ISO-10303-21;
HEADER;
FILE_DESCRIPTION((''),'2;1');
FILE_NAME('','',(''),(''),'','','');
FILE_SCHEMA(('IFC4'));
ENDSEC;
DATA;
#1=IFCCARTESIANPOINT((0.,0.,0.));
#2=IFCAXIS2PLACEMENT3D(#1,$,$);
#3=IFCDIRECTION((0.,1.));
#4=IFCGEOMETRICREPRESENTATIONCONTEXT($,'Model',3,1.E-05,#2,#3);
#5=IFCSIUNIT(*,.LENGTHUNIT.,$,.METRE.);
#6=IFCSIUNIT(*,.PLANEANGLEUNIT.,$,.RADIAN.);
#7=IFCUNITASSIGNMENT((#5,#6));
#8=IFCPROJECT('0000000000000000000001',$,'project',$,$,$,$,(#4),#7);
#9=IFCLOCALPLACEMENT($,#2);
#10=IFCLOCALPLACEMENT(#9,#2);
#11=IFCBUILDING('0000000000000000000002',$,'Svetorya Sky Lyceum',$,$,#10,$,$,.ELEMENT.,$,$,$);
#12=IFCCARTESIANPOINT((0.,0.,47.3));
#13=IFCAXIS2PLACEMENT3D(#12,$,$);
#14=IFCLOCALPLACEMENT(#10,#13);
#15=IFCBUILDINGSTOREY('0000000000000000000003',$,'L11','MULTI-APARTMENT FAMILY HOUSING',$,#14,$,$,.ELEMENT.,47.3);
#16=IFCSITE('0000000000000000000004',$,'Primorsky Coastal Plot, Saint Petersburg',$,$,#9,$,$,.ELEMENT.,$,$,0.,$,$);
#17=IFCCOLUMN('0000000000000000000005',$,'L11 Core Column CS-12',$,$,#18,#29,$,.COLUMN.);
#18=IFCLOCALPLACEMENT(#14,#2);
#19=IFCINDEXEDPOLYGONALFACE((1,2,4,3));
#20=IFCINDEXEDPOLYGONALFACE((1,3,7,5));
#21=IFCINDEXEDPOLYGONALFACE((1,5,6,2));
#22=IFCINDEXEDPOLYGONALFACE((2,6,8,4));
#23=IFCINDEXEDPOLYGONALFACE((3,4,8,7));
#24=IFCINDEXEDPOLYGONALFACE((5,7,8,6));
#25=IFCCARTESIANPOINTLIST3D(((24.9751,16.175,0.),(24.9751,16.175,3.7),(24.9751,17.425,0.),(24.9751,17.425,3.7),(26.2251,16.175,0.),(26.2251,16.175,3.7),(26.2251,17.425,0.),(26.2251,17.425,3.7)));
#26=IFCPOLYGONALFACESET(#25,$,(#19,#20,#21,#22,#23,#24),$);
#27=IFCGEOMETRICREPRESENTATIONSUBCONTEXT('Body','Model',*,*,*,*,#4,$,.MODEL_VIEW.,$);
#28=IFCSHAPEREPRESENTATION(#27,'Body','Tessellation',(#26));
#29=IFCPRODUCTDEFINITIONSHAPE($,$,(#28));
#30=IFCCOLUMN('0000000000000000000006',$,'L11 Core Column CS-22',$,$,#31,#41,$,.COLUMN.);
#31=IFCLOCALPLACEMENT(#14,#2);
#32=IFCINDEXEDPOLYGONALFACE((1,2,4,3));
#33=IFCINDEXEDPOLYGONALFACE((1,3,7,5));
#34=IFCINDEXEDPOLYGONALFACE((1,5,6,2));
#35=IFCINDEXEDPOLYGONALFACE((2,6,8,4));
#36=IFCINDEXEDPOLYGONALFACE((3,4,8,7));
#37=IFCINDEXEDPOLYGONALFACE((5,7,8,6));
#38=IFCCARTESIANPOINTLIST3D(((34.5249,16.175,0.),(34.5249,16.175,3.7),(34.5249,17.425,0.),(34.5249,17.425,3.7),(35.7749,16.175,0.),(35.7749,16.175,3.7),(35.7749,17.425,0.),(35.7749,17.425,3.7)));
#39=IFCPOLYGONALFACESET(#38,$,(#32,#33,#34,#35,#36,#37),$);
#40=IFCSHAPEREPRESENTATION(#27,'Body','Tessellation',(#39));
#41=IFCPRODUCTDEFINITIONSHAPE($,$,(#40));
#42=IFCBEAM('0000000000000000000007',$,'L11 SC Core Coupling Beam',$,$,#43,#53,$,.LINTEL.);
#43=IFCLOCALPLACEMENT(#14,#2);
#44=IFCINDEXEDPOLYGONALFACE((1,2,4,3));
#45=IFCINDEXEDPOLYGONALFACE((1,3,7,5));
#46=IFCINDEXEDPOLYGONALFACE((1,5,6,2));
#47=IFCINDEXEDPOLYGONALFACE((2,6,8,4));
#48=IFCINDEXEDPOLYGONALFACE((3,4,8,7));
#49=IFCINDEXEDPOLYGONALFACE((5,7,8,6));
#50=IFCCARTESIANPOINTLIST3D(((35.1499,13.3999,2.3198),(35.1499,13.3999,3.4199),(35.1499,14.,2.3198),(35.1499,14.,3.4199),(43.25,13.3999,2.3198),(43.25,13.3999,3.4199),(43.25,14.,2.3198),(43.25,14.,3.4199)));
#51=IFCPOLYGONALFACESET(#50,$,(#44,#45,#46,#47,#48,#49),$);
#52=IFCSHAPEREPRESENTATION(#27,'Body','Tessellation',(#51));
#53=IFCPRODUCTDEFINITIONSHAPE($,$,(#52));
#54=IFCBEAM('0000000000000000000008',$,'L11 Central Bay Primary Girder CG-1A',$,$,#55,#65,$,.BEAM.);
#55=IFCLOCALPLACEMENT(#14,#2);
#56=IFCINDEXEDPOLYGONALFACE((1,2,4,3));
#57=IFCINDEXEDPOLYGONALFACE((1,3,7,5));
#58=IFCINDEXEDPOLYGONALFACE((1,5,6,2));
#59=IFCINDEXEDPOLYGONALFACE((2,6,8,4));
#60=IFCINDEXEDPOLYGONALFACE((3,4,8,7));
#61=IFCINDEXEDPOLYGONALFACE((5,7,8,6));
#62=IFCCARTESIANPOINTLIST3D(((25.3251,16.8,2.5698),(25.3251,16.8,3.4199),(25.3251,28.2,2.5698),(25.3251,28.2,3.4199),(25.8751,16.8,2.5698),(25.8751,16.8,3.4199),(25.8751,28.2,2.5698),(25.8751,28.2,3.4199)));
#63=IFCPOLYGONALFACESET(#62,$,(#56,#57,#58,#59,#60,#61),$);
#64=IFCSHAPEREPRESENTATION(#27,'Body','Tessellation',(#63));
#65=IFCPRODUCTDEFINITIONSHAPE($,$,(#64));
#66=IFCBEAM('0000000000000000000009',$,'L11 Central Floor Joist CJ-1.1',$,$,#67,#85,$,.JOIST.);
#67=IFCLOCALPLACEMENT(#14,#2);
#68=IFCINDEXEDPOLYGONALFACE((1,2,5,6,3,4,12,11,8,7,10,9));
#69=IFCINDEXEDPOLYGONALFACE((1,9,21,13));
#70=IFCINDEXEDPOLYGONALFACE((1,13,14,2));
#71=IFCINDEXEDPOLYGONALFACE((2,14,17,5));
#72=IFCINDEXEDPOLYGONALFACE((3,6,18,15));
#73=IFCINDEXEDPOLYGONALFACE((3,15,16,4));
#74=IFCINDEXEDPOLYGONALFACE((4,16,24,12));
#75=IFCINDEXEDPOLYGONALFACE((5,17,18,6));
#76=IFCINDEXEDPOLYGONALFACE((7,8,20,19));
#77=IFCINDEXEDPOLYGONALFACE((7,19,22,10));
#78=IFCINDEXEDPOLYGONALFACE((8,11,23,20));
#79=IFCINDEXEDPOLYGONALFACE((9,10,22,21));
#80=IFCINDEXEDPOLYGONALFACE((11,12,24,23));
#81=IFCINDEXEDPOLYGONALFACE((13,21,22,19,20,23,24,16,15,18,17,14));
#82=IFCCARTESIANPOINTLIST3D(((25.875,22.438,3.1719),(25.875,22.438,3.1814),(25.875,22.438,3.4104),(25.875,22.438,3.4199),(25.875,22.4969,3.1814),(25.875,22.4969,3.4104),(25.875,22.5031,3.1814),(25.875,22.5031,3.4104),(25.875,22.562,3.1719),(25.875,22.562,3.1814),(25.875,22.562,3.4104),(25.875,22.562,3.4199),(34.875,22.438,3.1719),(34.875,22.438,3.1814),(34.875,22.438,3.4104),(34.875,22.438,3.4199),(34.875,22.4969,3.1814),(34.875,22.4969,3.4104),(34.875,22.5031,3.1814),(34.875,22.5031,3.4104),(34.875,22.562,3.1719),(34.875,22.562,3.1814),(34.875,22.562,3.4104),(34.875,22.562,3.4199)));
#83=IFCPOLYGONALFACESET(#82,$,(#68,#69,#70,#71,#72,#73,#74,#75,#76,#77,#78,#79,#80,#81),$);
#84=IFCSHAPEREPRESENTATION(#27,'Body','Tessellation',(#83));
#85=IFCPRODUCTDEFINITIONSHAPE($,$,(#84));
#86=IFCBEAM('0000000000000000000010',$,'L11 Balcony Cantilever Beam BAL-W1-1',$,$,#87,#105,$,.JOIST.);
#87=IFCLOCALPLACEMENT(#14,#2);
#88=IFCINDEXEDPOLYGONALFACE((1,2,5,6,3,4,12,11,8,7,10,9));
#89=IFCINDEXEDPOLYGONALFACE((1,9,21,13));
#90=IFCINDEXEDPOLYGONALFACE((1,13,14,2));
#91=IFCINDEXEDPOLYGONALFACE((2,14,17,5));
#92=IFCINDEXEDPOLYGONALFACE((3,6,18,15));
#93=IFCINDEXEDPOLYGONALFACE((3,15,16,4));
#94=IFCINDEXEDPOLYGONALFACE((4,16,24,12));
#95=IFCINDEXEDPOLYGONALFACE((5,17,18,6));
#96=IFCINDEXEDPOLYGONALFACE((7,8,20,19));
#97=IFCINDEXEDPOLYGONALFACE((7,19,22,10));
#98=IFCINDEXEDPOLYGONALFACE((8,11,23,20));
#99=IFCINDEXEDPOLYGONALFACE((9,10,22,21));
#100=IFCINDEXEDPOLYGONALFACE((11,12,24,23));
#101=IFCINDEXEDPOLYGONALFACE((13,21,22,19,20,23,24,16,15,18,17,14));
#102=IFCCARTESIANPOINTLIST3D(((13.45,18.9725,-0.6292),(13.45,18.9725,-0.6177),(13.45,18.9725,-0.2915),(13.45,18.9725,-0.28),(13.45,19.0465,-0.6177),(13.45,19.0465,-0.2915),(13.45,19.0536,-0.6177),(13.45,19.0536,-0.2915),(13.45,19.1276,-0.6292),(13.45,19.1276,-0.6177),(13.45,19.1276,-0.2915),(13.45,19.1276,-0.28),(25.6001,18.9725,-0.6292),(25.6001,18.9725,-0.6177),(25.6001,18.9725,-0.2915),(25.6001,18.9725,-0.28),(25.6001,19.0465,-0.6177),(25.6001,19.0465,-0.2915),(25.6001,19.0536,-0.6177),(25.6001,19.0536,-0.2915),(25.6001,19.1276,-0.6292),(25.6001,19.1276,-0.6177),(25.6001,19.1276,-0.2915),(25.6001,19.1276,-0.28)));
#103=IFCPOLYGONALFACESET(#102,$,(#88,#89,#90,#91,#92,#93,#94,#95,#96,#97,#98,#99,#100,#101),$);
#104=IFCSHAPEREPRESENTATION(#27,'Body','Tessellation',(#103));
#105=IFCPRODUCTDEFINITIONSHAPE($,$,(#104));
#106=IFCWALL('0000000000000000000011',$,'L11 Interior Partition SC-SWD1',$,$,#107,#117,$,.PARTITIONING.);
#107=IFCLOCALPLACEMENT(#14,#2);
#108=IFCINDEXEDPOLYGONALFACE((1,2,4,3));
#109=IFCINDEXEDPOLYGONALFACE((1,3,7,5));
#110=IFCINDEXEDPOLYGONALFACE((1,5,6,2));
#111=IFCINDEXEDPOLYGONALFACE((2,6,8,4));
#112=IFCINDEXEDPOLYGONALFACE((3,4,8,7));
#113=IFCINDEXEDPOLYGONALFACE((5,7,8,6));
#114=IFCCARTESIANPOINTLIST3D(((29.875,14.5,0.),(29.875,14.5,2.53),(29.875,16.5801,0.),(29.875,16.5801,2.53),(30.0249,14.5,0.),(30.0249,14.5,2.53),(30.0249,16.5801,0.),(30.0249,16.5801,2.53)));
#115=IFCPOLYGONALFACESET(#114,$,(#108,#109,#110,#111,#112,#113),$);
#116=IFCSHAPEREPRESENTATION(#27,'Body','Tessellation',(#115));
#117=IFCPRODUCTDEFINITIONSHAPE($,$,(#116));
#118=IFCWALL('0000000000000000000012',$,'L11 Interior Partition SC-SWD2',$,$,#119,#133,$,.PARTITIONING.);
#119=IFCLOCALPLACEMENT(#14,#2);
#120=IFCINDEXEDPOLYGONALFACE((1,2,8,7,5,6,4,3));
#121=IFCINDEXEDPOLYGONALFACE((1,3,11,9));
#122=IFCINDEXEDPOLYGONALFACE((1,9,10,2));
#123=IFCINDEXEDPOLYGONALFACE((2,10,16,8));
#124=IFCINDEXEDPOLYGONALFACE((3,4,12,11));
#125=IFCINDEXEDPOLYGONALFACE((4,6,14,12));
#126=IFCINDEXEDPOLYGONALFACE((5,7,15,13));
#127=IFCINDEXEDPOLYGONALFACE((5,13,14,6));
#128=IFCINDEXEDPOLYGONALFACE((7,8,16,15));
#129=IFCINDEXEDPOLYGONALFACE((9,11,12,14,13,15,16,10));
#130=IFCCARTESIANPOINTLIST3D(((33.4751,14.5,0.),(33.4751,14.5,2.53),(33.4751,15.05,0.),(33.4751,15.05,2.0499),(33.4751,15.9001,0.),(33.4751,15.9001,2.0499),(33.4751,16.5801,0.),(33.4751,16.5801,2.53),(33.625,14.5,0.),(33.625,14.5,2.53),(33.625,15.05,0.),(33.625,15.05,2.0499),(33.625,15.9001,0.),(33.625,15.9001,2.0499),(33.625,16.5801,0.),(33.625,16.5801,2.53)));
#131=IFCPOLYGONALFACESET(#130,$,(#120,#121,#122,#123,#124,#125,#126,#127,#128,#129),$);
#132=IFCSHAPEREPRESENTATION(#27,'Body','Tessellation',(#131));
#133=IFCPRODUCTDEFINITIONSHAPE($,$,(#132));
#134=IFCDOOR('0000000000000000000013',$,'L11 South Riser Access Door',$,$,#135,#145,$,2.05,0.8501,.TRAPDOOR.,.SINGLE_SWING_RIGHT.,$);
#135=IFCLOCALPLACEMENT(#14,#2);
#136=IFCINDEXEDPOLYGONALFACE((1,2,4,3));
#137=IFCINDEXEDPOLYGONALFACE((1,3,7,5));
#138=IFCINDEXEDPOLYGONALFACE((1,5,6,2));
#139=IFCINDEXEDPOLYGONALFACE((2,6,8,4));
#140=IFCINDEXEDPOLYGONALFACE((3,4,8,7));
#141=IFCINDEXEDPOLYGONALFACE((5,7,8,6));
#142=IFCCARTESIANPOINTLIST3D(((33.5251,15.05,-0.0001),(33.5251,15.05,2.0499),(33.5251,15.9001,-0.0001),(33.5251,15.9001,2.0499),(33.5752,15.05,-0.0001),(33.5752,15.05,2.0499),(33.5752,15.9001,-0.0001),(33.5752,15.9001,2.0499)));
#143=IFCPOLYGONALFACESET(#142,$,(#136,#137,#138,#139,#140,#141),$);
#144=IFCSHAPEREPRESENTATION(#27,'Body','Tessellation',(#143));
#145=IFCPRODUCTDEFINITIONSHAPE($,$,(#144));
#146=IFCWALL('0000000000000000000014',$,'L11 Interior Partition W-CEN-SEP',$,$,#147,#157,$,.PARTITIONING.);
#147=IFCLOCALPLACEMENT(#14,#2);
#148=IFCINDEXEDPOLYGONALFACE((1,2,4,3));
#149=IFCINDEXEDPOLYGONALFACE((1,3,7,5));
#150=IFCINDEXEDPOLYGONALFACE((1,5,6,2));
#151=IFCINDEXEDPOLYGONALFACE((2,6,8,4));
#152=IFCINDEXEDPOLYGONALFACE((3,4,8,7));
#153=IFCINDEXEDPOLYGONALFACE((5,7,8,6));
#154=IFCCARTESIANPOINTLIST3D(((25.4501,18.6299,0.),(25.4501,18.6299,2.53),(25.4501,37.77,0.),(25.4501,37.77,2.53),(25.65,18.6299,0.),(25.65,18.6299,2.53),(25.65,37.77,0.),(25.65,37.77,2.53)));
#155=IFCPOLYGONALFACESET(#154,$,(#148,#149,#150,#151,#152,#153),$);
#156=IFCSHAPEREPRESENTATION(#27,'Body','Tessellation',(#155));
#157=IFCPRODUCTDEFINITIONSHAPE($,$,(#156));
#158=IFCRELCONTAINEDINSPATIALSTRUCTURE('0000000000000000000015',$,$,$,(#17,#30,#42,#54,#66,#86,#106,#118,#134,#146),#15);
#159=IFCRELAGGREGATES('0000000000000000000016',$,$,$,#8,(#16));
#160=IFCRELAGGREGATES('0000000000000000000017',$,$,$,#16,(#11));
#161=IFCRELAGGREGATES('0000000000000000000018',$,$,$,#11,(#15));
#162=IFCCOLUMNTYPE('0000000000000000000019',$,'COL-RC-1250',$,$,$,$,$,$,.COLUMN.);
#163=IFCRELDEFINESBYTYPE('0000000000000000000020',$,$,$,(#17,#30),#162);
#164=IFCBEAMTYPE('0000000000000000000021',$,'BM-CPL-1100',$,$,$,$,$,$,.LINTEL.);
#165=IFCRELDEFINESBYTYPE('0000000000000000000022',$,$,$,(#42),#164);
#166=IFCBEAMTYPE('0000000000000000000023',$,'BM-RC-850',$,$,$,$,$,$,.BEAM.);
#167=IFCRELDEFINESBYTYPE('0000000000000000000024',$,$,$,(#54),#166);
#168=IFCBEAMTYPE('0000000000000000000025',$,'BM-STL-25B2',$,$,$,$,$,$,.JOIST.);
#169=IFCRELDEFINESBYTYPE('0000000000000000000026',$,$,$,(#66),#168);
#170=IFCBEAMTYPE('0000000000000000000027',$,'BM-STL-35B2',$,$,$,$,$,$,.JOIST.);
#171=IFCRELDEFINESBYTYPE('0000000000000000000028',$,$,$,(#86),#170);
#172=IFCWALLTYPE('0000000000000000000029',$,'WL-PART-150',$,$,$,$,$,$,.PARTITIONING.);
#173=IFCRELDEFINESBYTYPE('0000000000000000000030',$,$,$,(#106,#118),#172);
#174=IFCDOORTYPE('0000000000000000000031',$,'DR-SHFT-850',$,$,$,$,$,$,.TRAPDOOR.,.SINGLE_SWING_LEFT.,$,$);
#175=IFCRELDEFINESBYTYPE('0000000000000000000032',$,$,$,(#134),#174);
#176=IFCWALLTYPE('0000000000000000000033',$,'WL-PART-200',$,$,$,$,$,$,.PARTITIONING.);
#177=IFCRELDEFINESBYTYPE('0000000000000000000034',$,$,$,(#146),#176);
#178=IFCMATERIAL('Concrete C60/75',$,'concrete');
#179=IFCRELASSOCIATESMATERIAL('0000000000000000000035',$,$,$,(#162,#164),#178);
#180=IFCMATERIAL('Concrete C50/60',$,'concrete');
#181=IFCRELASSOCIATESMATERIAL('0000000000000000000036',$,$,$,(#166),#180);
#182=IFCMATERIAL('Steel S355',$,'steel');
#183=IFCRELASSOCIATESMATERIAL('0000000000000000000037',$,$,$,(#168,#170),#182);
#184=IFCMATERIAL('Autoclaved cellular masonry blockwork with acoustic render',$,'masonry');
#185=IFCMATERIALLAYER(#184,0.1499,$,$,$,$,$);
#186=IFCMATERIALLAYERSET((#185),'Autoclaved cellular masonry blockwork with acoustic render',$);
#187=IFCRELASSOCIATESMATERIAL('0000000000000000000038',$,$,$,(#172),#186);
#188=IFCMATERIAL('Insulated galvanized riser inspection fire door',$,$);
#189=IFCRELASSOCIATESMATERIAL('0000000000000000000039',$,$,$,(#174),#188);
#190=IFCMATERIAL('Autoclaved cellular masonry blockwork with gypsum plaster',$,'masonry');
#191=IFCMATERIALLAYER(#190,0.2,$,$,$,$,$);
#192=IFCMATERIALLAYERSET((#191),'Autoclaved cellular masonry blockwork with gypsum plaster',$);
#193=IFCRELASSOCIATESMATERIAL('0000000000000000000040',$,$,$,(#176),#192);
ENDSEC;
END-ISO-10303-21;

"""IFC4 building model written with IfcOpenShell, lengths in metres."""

from ifc_helpers import new_model, si_unit, direction, frame, frame_2d, origin, origin_2d, place, context, subcontext, project, spatial, rectangle, i_section, extrude, material, layer, layer_set, material_profile, profile_set, type_object, element, fill, save


model = new_model("IFC4")

# Units and contexts
model_context = context("Model", 3, precision=1e-05, world=origin(), true_north=direction((0.0, 1.0)))
body_context = subcontext(model_context, "Body", "Model", "MODEL_VIEW")
ifc_project = project(units=[si_unit("LENGTHUNIT", "METRE"), si_unit("PLANEANGLEUNIT", "RADIAN")], contexts=[model_context])

# Site, building, storey
site_placement = place(None, origin())
site = spatial("IfcSite", under=ifc_project, at=site_placement, Name="Primorsky Coastal Plot, Saint Petersburg", CompositionType="ELEMENT", RefElevation=0.0)
building_placement = place(site_placement, origin())
building = spatial("IfcBuilding", under=site, at=building_placement, Name="Svetorya Sky Lyceum", CompositionType="ELEMENT")
storey_placement = place(building_placement, frame((0.0, 0.0, 47.3)))
storey = spatial("IfcBuildingStorey", under=building, at=storey_placement, Name="L11", Description="MULTI-APARTMENT FAMILY HOUSING", CompositionType="ELEMENT", Elevation=47.3)

# Columns
ifc_material_1 = material(Name="Concrete C60/75", Category="concrete")
ifc_material_profile_1 = material_profile(ifc_material_1, rectangle(XDim=1.25, YDim=1.25, at=origin_2d()), Name="RC COL 1250x1250")
ifc_profile_set_1 = profile_set([ifc_material_profile_1], Name="Concrete C60/75")
column_type = type_object("IfcColumnType", Name="COL-RC-1250", PredefinedType="COLUMN", material=ifc_profile_set_1)
for number, where, z_axis, x_axis, name in (
    (1, (25.6001, 16.8, 0.0), (0.0, 0.0, 1.0), (1.0, 0.0, 0.0), "L11 Core Column CS-12"),
    (2, (35.1499, 16.8, 0.0), (0.0, 0.0, 1.0), (1.0, 0.0, 0.0), "L11 Core Column CS-22"),
):
    element("IfcColumn", number, at=place(storey_placement, frame(where, z_axis=z_axis, x_axis=x_axis)), inside=storey, type_object=column_type, Name=name, PredefinedType="COLUMN", context=body_context, shape_type="SweptSolid", body=[
        extrude(rectangle(XDim=1.25, YDim=1.25, at=origin_2d()), origin(), (0.0, 0.0, 1.0), 3.7),
    ])

# Beams
ifc_material_profile_2 = material_profile(ifc_material_1, rectangle(XDim=0.6001, YDim=1.1001, at=origin_2d()), Name="RC COUPLING 600x1100")
ifc_profile_set_2 = profile_set([ifc_material_profile_2], Name="Concrete C60/75")
beam_type_1 = type_object("IfcBeamType", Name="BM-CPL-1100", PredefinedType="LINTEL", material=ifc_profile_set_2)
beam_1_placement = place(storey_placement, frame((35.1499, 13.7, 2.8699), z_axis=(1.0, 0.0, 0.0), x_axis=(0.0, 1.0, 0.0)))
element("IfcBeam", 3, at=beam_1_placement, inside=storey, type_object=beam_type_1, Name="L11 SC Core Coupling Beam", PredefinedType="LINTEL", context=body_context, shape_type="SweptSolid", body=[
    extrude(rectangle(XDim=0.6001, YDim=1.1001, at=origin_2d()), origin(), (0.0, 0.0, 1.0), 8.1001),
])
ifc_material_2 = material(Name="Concrete C50/60", Category="concrete")
ifc_material_profile_3 = material_profile(ifc_material_2, rectangle(XDim=0.55, YDim=0.8501, at=origin_2d()), Name="RC BEAM 550x850")
ifc_profile_set_3 = profile_set([ifc_material_profile_3], Name="Concrete C50/60")
beam_type_2 = type_object("IfcBeamType", Name="BM-RC-850", PredefinedType="BEAM", material=ifc_profile_set_3)
beam_2_placement = place(storey_placement, frame((25.6001, 16.8, 2.9949), z_axis=(0.0, 1.0, 0.0), x_axis=(-1.0, 0.0, 0.0)))
element("IfcBeam", 4, at=beam_2_placement, inside=storey, type_object=beam_type_2, Name="L11 Central Bay Primary Girder CG-1A", PredefinedType="BEAM", context=body_context, shape_type="SweptSolid", body=[
    extrude(rectangle(XDim=0.55, YDim=0.8501, at=origin_2d()), origin(), (0.0, 0.0, 1.0), 11.3999),
])
ifc_material_3 = material(Name="Steel S355", Category="steel")
ifc_material_profile_4 = material_profile(ifc_material_3, i_section(OverallWidth=0.124, OverallDepth=0.248, WebThickness=0.0061, FlangeThickness=0.0095, at=origin_2d()), Name="GOST 25B2")
ifc_profile_set_4 = profile_set([ifc_material_profile_4], Name="Steel S355")
beam_type_3 = type_object("IfcBeamType", Name="BM-STL-25B2", PredefinedType="JOIST", material=ifc_profile_set_4)
beam_3_placement = place(storey_placement, frame((25.875, 22.5, 3.2959), z_axis=(1.0, 0.0, 0.0), x_axis=(0.0, 1.0, 0.0)))
element("IfcBeam", 5, at=beam_3_placement, inside=storey, type_object=beam_type_3, Name="L11 Central Floor Joist CJ-1.1", PredefinedType="JOIST", context=body_context, shape_type="SweptSolid", body=[
    extrude(i_section(OverallWidth=0.124, OverallDepth=0.248, WebThickness=0.0061, FlangeThickness=0.0095, at=origin_2d()), origin(), (0.0, 0.0, 1.0), 9.0),
])
ifc_material_profile_5 = material_profile(ifc_material_3, i_section(OverallWidth=0.155, OverallDepth=0.3491, WebThickness=0.0071, FlangeThickness=0.0115, at=origin_2d()), Name="GOST 35B2")
ifc_profile_set_5 = profile_set([ifc_material_profile_5], Name="Steel S355")
beam_type_4 = type_object("IfcBeamType", Name="BM-STL-35B2", PredefinedType="JOIST", material=ifc_profile_set_5)
beam_4_placement = place(storey_placement, frame((25.6001, 19.05, -0.4546), z_axis=(-1.0, 0.0, 0.0), x_axis=(0.0, -1.0, 0.0)))
element("IfcBeam", 6, at=beam_4_placement, inside=storey, type_object=beam_type_4, Name="L11 Balcony Cantilever Beam BAL-W1-1", PredefinedType="JOIST", context=body_context, shape_type="SweptSolid", body=[
    extrude(i_section(OverallWidth=0.155, OverallDepth=0.3491, WebThickness=0.0071, FlangeThickness=0.0115, at=origin_2d()), origin(), (0.0, 0.0, 1.0), 12.1501),
])

# Wall
ifc_material_4 = material(Name="Autoclaved cellular masonry blockwork with acoustic render", Category="masonry")
ifc_layer_1 = layer(ifc_material_4, 0.1499)
ifc_layer_set_1 = layer_set([ifc_layer_1], Name="Autoclaved cellular masonry blockwork with acoustic render")
wall_type_1 = type_object("IfcWallType", Name="WL-PART-150", PredefinedType="PARTITIONING", material=ifc_layer_set_1)
wall_1_placement = place(storey_placement, frame((29.95, 14.5, 0.0), z_axis=(0.0, 0.0, 1.0), x_axis=(0.0, 1.0, 0.0)))
element("IfcWall", 7, at=wall_1_placement, inside=storey, type_object=wall_type_1, Name="L11 Interior Partition SC-SWD1", PredefinedType="PARTITIONING", context=body_context, shape_type="SweptSolid", body=[
    extrude(rectangle(XDim=2.0801, YDim=0.1499, at=frame_2d((1.04, 0.0))), origin(), (0.0, 0.0, 1.0), 2.53),
])

# Wall, opening, door
wall_2_placement = place(storey_placement, frame((33.55, 14.5, 0.0), z_axis=(0.0, 0.0, 1.0), x_axis=(0.0, 1.0, 0.0)))
wall_2 = element("IfcWall", 8, at=wall_2_placement, inside=storey, type_object=wall_type_1, Name="L11 Interior Partition SC-SWD2", PredefinedType="PARTITIONING", context=body_context, shape_type="SweptSolid", body=[
    extrude(rectangle(XDim=2.0801, YDim=0.1499, at=frame_2d((1.04, 0.0))), origin(), (0.0, 0.0, 1.0), 2.53),
])
opening_1_placement = place(wall_2_placement, frame((0.55, 0.0, 0.0)))
opening_1 = element("IfcOpeningElement", 9, at=opening_1_placement, cuts=wall_2, PredefinedType="OPENING", context=body_context, shape_type="SweptSolid", body=[
    extrude(rectangle(XDim=0.8501, YDim=2.05, at=frame_2d((0.425, 1.0249))), frame((0.0, 0.085, 0.0), z_axis=(0.0, -1.0, 0.0), x_axis=(1.0, 0.0, 0.0)), (0.0, 0.0, 1.0), 0.1699),
])
ifc_material_5 = material(Name="Insulated galvanized riser inspection fire door")
door_type_1 = type_object("IfcDoorType", Name="DR-SHFT-850", OperationType="SINGLE_SWING_LEFT", PredefinedType="TRAPDOOR", material=ifc_material_5)
door_1_placement = place(opening_1_placement, origin())
door_1 = element("IfcDoor", 10, at=door_1_placement, inside=storey, type_object=door_type_1, Name="L11 South Riser Access Door", OperationType="SINGLE_SWING_RIGHT", OverallHeight=2.05, OverallWidth=0.8501, PredefinedType="TRAPDOOR", context=body_context, shape_type="SweptSolid", body=[
    extrude(rectangle(XDim=0.8501, YDim=2.05, at=frame_2d((0.425, 1.0249))), frame((0.0, 0.0249, 0.0), z_axis=(0.0, -1.0, 0.0), x_axis=(1.0, 0.0, 0.0)), (0.0, 0.0, 1.0), 0.05),
])
fill(opening_1, door_1)

# Wall
ifc_material_6 = material(Name="Autoclaved cellular masonry blockwork with gypsum plaster", Category="masonry")
ifc_layer_2 = layer(ifc_material_6, 0.2)
ifc_layer_set_2 = layer_set([ifc_layer_2], Name="Autoclaved cellular masonry blockwork with gypsum plaster")
wall_type_2 = type_object("IfcWallType", Name="WL-PART-200", PredefinedType="PARTITIONING", material=ifc_layer_set_2)
wall_3_placement = place(storey_placement, frame((25.55, 18.6299, 0.0), z_axis=(0.0, 0.0, 1.0), x_axis=(0.0, 1.0, 0.0)))
element("IfcWall", 11, at=wall_3_placement, inside=storey, type_object=wall_type_2, Name="L11 Interior Partition W-CEN-SEP", PredefinedType="PARTITIONING", context=body_context, shape_type="SweptSolid", body=[
    extrude(rectangle(XDim=19.1401, YDim=0.2, at=frame_2d((9.5701, 0.0))), origin(), (0.0, 0.0, 1.0), 2.53),
])

save(model, "model.ifc")
